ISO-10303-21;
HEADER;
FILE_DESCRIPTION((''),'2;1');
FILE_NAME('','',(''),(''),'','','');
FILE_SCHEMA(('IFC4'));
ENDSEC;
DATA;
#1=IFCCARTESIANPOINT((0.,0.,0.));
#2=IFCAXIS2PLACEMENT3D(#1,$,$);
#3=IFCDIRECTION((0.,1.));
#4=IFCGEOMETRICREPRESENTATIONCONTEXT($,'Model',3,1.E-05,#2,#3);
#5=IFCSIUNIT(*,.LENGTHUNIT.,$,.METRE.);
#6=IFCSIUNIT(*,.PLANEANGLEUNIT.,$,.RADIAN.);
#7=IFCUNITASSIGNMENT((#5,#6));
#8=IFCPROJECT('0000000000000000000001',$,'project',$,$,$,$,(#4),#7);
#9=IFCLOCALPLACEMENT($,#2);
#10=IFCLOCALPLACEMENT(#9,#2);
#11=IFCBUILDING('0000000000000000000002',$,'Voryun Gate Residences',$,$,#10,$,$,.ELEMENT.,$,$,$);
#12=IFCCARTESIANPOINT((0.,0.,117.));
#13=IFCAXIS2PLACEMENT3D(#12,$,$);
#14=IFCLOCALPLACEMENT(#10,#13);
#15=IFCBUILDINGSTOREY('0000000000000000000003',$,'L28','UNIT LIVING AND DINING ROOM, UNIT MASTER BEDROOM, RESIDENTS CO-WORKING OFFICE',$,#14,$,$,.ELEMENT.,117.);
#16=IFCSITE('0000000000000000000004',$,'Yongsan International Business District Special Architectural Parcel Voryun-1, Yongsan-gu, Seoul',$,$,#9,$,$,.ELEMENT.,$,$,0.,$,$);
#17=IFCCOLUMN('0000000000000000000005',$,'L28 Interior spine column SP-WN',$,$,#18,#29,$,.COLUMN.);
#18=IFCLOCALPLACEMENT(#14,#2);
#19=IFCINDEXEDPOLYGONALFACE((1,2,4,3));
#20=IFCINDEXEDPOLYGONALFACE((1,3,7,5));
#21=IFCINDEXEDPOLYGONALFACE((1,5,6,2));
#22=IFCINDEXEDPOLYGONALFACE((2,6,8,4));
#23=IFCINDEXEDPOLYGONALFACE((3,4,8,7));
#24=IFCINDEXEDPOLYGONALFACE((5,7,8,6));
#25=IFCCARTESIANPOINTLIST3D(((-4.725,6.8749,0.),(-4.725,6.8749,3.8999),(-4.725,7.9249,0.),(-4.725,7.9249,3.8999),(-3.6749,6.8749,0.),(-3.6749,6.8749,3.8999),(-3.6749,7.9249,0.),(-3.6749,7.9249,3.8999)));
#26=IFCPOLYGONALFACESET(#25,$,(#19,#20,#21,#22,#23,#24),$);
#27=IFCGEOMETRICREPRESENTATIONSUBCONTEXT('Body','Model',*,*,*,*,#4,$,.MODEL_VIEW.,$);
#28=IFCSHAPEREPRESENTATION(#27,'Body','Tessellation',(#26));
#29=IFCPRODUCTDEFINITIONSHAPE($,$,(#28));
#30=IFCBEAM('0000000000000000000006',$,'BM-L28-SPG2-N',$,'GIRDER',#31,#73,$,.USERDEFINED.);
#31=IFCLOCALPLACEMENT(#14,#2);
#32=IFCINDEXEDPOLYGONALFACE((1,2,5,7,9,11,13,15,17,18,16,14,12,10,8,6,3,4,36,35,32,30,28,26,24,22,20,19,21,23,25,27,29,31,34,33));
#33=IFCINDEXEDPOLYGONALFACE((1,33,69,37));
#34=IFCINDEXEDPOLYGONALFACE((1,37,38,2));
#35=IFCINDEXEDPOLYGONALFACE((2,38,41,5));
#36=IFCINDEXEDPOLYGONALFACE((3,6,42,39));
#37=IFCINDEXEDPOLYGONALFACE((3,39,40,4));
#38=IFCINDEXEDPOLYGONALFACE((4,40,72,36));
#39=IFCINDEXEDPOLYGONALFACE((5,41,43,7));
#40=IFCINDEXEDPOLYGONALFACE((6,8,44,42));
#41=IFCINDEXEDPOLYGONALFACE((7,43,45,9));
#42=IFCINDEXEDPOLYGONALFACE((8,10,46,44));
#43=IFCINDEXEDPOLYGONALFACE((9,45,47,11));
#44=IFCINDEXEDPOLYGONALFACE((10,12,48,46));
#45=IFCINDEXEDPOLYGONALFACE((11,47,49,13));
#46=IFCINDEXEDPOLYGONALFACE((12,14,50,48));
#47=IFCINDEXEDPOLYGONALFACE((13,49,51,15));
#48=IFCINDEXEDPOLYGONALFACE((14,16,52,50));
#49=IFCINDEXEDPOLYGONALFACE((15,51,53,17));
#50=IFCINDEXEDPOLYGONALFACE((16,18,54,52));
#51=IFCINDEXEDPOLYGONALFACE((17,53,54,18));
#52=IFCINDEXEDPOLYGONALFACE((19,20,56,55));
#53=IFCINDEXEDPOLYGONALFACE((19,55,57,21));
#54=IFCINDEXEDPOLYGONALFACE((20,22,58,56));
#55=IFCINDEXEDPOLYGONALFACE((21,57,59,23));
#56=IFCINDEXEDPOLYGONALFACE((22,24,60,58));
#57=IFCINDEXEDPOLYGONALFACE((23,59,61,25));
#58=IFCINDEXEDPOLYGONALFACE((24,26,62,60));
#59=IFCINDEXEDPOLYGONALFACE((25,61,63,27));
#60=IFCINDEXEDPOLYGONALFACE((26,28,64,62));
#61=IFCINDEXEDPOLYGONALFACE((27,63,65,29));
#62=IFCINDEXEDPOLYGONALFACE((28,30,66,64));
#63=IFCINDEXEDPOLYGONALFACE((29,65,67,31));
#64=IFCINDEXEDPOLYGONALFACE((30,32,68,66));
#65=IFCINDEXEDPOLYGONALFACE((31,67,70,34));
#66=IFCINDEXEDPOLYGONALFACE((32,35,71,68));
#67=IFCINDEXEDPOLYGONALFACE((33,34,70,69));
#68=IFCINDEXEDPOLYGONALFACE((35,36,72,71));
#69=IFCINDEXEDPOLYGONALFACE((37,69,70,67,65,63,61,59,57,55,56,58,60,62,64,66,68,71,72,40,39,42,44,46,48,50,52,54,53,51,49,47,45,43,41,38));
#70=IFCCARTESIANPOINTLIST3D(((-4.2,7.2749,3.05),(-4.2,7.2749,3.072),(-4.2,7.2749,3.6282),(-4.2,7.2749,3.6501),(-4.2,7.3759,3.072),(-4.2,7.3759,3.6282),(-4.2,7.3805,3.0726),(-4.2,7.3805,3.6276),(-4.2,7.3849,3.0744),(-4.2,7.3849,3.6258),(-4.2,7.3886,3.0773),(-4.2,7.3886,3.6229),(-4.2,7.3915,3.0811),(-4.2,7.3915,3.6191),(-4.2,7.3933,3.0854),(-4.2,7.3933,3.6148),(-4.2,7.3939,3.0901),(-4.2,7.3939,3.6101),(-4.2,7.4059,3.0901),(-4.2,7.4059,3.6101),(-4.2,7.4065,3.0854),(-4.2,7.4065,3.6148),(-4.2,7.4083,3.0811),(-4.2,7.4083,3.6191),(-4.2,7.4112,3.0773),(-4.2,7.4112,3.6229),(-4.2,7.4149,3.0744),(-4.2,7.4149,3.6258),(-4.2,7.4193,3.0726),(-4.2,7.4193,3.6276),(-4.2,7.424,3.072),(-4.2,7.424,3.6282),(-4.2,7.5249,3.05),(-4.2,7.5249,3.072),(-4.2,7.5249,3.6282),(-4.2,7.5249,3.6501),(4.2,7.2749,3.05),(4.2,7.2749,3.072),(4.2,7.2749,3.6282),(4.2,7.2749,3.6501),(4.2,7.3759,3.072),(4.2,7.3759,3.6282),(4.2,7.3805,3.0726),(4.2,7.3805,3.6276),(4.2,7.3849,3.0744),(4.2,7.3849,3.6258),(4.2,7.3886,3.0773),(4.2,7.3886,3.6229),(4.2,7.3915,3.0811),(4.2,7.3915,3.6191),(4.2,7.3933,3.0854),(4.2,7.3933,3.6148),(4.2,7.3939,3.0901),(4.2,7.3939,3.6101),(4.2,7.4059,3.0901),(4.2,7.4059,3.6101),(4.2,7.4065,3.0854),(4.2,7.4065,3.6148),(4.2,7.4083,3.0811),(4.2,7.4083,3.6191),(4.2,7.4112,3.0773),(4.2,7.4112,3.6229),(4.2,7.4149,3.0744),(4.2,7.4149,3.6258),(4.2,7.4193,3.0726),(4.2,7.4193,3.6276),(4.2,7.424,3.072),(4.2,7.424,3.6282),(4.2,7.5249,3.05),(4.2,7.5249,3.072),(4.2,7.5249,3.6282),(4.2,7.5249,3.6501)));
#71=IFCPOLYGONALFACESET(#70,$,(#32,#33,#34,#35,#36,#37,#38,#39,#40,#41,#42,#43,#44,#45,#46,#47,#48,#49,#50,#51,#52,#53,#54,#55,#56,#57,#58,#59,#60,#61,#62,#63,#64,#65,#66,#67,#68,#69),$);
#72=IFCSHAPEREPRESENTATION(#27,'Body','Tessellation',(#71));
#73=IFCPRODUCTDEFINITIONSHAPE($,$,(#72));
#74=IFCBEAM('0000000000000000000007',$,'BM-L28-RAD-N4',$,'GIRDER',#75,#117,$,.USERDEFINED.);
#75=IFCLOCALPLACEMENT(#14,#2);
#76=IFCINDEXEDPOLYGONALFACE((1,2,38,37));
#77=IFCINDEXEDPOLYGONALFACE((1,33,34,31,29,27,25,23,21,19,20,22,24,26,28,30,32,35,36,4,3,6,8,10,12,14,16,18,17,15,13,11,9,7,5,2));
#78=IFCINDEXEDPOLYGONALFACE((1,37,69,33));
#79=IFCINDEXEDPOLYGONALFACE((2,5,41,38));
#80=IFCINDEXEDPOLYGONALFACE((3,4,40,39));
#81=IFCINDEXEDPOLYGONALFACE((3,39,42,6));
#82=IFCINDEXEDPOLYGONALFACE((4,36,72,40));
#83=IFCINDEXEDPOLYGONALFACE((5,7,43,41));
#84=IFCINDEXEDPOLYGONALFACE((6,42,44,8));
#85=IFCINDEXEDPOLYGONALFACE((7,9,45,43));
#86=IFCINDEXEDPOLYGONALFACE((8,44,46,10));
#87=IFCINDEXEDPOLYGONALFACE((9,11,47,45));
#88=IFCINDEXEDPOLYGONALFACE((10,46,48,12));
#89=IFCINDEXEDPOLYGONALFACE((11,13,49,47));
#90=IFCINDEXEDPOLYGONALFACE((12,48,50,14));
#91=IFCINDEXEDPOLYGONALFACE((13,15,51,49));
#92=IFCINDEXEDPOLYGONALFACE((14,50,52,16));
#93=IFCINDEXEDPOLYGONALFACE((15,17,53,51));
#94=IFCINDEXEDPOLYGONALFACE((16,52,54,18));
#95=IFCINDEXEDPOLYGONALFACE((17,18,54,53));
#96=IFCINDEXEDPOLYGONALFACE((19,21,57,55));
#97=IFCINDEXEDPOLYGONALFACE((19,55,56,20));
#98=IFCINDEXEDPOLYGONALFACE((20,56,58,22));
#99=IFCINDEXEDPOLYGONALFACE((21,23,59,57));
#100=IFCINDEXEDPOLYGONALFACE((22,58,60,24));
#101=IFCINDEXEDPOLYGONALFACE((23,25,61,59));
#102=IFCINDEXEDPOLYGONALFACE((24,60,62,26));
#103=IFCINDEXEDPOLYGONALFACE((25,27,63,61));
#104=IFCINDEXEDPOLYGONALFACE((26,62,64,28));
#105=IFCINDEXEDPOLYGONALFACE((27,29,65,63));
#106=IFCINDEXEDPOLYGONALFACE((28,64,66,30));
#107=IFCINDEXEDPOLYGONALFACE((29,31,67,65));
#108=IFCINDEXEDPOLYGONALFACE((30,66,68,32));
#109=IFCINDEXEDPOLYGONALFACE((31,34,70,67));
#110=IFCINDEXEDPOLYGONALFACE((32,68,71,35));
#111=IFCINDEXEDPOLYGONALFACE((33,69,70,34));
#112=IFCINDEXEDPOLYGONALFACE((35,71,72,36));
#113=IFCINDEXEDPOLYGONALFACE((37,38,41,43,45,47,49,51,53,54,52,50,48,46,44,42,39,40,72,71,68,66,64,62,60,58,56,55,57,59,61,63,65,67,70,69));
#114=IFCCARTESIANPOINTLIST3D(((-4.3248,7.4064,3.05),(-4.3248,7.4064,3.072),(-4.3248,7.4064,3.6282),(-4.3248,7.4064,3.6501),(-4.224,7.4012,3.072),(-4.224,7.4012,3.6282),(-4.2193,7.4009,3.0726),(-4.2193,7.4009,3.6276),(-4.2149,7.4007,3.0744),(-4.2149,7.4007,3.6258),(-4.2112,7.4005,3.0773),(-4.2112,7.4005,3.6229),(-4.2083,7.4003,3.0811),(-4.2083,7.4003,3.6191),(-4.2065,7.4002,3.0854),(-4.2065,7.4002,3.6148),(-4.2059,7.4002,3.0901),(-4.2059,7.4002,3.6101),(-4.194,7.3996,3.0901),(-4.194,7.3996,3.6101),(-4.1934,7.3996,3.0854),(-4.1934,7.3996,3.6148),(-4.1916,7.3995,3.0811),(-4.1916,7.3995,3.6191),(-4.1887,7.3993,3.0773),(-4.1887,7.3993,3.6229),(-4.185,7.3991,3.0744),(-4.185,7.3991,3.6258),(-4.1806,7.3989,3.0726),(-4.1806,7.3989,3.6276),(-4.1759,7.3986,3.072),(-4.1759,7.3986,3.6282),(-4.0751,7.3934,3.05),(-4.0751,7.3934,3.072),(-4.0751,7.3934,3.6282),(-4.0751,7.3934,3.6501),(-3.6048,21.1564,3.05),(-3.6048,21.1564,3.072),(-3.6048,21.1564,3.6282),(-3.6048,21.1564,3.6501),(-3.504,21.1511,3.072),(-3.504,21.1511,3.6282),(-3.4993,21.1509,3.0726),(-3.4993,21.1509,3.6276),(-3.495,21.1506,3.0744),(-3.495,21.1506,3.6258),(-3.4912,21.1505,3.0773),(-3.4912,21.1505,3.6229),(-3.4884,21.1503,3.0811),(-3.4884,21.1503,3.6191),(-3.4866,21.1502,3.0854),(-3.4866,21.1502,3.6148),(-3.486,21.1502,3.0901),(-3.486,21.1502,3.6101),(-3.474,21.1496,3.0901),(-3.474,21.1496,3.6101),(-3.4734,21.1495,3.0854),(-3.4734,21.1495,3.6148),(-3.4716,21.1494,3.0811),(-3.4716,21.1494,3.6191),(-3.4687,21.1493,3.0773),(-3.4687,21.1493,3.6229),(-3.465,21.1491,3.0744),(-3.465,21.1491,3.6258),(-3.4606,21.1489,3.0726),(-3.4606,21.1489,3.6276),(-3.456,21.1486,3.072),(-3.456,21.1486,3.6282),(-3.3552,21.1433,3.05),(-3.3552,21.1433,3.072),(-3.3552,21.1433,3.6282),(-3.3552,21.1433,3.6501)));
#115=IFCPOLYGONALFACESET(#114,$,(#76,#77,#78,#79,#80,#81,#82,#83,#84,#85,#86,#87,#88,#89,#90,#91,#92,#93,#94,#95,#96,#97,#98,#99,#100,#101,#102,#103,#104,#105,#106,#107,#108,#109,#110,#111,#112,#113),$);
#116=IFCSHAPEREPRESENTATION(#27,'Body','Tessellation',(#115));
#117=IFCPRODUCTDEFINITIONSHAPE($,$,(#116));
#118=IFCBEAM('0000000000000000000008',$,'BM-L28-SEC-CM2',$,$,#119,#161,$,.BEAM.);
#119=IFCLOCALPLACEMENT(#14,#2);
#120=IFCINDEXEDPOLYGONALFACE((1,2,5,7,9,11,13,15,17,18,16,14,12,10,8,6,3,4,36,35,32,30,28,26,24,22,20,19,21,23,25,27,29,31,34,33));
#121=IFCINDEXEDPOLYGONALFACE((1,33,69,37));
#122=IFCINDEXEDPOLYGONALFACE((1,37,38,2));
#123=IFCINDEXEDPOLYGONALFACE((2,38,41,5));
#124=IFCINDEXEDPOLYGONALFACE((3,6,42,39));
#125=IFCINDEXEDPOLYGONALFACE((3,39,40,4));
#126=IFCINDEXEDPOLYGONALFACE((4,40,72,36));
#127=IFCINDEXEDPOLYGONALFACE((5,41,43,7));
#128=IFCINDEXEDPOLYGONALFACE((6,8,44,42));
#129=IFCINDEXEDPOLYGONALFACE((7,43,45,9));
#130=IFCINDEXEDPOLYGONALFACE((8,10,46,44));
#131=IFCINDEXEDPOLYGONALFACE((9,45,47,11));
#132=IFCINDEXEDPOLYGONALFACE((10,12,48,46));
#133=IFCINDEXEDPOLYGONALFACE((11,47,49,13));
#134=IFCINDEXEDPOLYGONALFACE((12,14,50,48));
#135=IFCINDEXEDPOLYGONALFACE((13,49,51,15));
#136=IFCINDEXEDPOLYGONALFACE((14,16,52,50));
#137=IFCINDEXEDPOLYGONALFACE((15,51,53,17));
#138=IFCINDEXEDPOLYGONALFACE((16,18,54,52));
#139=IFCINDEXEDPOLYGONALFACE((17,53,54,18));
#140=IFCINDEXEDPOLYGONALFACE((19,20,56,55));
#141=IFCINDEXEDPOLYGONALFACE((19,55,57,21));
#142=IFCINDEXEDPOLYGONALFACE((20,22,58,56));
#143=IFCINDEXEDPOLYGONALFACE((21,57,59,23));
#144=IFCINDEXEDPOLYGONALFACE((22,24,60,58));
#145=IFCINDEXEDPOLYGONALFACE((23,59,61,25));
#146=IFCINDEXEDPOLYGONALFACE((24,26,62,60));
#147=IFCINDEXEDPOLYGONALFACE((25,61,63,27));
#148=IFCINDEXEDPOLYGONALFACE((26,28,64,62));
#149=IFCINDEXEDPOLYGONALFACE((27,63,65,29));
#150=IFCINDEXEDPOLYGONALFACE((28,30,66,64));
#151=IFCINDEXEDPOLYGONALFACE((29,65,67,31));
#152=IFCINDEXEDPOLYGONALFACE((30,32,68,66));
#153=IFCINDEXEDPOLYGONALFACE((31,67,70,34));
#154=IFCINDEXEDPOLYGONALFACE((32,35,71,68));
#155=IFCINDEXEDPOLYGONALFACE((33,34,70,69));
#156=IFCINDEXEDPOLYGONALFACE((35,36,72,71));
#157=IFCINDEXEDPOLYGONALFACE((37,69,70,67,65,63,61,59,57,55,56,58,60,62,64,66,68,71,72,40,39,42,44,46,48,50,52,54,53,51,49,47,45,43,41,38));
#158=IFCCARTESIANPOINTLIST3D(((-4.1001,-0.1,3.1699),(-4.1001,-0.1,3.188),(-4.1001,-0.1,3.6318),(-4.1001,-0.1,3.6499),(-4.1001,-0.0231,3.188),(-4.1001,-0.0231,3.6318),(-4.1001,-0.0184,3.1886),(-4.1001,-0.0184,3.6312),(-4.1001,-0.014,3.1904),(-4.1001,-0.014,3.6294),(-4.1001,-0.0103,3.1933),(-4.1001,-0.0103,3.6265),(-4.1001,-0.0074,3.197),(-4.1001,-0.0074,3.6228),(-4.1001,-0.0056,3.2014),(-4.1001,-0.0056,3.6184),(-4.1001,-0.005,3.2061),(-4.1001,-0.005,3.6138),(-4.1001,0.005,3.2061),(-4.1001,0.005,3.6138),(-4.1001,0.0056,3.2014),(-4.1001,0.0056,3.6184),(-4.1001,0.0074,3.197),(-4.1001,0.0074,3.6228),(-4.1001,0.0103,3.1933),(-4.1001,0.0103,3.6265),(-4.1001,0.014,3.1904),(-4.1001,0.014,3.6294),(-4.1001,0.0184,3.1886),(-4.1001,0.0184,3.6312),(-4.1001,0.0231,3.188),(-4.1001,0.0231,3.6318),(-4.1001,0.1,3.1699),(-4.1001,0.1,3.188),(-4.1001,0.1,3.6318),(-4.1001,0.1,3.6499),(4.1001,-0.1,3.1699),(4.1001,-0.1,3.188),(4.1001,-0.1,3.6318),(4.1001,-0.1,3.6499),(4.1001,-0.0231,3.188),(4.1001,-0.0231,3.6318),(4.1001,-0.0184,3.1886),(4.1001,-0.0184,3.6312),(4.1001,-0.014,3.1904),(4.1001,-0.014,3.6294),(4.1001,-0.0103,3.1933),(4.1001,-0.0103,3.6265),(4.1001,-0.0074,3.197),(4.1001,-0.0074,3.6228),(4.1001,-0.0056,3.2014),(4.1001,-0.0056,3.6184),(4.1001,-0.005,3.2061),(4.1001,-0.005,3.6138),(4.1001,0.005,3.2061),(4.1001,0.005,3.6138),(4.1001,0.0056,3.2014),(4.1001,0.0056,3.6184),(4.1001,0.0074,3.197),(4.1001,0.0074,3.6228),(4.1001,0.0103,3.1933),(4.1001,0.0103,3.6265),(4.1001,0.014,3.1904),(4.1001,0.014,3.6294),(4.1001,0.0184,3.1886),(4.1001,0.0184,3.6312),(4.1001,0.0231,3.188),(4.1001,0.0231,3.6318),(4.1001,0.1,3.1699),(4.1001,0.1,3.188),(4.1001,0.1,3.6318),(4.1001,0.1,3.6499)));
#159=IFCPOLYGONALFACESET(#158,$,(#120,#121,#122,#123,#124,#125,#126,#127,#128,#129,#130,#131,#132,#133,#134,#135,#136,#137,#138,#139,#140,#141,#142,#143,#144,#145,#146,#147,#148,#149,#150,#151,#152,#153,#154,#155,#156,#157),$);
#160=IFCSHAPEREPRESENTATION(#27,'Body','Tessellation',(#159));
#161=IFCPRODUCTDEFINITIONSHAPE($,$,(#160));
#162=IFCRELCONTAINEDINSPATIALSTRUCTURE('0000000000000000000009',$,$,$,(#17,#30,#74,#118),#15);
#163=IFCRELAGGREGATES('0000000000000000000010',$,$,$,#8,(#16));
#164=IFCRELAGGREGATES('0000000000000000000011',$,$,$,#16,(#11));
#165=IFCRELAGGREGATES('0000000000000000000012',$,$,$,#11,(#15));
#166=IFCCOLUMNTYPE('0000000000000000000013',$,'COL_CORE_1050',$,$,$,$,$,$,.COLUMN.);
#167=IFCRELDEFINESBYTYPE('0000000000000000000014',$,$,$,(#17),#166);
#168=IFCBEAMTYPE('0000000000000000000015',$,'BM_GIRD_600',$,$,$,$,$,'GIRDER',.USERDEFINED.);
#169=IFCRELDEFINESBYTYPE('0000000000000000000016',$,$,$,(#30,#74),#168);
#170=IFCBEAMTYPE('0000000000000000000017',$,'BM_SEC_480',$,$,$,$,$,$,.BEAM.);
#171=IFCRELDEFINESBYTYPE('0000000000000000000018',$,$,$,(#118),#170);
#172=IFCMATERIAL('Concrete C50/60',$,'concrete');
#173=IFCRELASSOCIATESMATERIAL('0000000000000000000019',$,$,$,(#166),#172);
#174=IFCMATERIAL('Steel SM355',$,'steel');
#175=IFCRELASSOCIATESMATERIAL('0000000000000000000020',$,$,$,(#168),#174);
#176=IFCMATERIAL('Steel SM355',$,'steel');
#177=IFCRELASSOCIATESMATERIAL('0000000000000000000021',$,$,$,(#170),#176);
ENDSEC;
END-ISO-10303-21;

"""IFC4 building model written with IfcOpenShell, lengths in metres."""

from ifc_helpers import new_model, si_unit, direction, frame, origin, origin_2d, place, context, subcontext, project, spatial, rectangle, i_section, extrude, material, material_profile, profile_set, type_object, element, save


model = new_model("IFC4")

# Units and contexts
model_context = context("Model", 3, precision=1e-05, world=origin(), true_north=direction((0.0, 1.0)))
body_context = subcontext(model_context, "Body", "Model", "MODEL_VIEW")
ifc_project = project(units=[si_unit("LENGTHUNIT", "METRE"), si_unit("PLANEANGLEUNIT", "RADIAN")], contexts=[model_context])

# Site, building, storey
site_placement = place(None, origin())
site = spatial("IfcSite", under=ifc_project, at=site_placement, Name="Yongsan International Business District Special Architectural Parcel Voryun-1, Yongsan-gu, Seoul", CompositionType="ELEMENT", RefElevation=0.0)
building_placement = place(site_placement, origin())
building = spatial("IfcBuilding", under=site, at=building_placement, Name="Voryun Gate Residences", CompositionType="ELEMENT")
storey_placement = place(building_placement, frame((0.0, 0.0, 117.0)))
storey = spatial("IfcBuildingStorey", under=building, at=storey_placement, Name="L28", Description="UNIT LIVING AND DINING ROOM, UNIT MASTER BEDROOM, RESIDENTS CO-WORKING OFFICE", CompositionType="ELEMENT", Elevation=117.0)

# Column
ifc_material_1 = material(Name="Concrete C50/60", Category="concrete")
ifc_material_profile_1 = material_profile(ifc_material_1, rectangle(XDim=1.05, YDim=1.05, at=origin_2d()), Name="RC-1050x1050")
ifc_profile_set_1 = profile_set([ifc_material_profile_1], Name="Concrete C50/60")
column_type = type_object("IfcColumnType", Name="COL_CORE_1050", PredefinedType="COLUMN", material=ifc_profile_set_1)
column_placement = place(storey_placement, frame((-4.2, 7.3999, 0.0), z_axis=(0.0, 0.0, 1.0), x_axis=(1.0, 0.0, 0.0)))
element("IfcColumn", 1, at=column_placement, inside=storey, type_object=column_type, Name="L28 Interior spine column SP-WN", PredefinedType="COLUMN", context=body_context, shape_type="SweptSolid", body=[
    extrude(rectangle(XDim=1.05, YDim=1.05, at=origin_2d()), origin(), (0.0, 0.0, 1.0), 3.8999),
])

# Beams
ifc_material_2 = material(Name="Steel SM355", Category="steel")
ifc_material_profile_2 = material_profile(ifc_material_2, i_section(OverallWidth=0.25, OverallDepth=0.6001, WebThickness=0.012, FlangeThickness=0.022, FilletRadius=0.0181, at=origin_2d()), Name="H-600x250x12x22")
ifc_profile_set_2 = profile_set([ifc_material_profile_2], Name="Steel SM355")
beam_type_1 = type_object("IfcBeamType", Name="BM_GIRD_600", ElementType="GIRDER", PredefinedType="USERDEFINED", material=ifc_profile_set_2)
beam_1_placement = place(storey_placement, frame((-4.2, 7.3999, 3.3501), z_axis=(1.0, 0.0, 0.0), x_axis=(0.0, 1.0, 0.0)))
element("IfcBeam", 2, at=beam_1_placement, inside=storey, type_object=beam_type_1, Name="BM-L28-SPG2-N", ObjectType="GIRDER", PredefinedType="USERDEFINED", context=body_context, shape_type="SweptSolid", body=[
    extrude(i_section(OverallWidth=0.25, OverallDepth=0.6001, WebThickness=0.012, FlangeThickness=0.022, FilletRadius=0.0181, at=origin_2d()), origin(), (0.0, 0.0, 1.0), 8.3999),
])
beam_2_placement = place(storey_placement, frame((-4.2, 7.3999, 3.3501), z_axis=(0.05229, 0.998632, 0.0), x_axis=(-0.998632, 0.05229, 0.0)))
element("IfcBeam", 3, at=beam_2_placement, inside=storey, type_object=beam_type_1, Name="BM-L28-RAD-N4", ObjectType="GIRDER", PredefinedType="USERDEFINED", context=body_context, shape_type="SweptSolid", body=[
    extrude(i_section(OverallWidth=0.25, OverallDepth=0.6001, WebThickness=0.012, FlangeThickness=0.022, FilletRadius=0.0181, at=origin_2d()), origin(), (0.0, 0.0, 1.0), 13.7688),
])
ifc_material_3 = material(Name="Steel SM355", Category="steel")
ifc_material_profile_3 = material_profile(ifc_material_3, i_section(OverallWidth=0.2, OverallDepth=0.48, WebThickness=0.01, FlangeThickness=0.0181, FilletRadius=0.0181, at=origin_2d()), Name="H-480x200x10x18")
ifc_profile_set_3 = profile_set([ifc_material_profile_3], Name="Steel SM355")
beam_type_2 = type_object("IfcBeamType", Name="BM_SEC_480", PredefinedType="BEAM", material=ifc_profile_set_3)
for number, where, z_axis, x_axis, name in (
    (4, (-4.1001, 0.0, 3.4099), (1.0, 0.0, 0.0), (0.0, 1.0, 0.0), "BM-L28-SEC-CM2"),
):
    element("IfcBeam", number, at=place(storey_placement, frame(where, z_axis=z_axis, x_axis=x_axis)), inside=storey, type_object=beam_type_2, Name=name, PredefinedType="BEAM", context=body_context, shape_type="SweptSolid", body=[
        extrude(i_section(OverallWidth=0.2, OverallDepth=0.48, WebThickness=0.01, FlangeThickness=0.0181, FilletRadius=0.0181, at=origin_2d()), origin(), (0.0, 0.0, 1.0), 8.2002),
    ])

save(model, "model.ifc")
